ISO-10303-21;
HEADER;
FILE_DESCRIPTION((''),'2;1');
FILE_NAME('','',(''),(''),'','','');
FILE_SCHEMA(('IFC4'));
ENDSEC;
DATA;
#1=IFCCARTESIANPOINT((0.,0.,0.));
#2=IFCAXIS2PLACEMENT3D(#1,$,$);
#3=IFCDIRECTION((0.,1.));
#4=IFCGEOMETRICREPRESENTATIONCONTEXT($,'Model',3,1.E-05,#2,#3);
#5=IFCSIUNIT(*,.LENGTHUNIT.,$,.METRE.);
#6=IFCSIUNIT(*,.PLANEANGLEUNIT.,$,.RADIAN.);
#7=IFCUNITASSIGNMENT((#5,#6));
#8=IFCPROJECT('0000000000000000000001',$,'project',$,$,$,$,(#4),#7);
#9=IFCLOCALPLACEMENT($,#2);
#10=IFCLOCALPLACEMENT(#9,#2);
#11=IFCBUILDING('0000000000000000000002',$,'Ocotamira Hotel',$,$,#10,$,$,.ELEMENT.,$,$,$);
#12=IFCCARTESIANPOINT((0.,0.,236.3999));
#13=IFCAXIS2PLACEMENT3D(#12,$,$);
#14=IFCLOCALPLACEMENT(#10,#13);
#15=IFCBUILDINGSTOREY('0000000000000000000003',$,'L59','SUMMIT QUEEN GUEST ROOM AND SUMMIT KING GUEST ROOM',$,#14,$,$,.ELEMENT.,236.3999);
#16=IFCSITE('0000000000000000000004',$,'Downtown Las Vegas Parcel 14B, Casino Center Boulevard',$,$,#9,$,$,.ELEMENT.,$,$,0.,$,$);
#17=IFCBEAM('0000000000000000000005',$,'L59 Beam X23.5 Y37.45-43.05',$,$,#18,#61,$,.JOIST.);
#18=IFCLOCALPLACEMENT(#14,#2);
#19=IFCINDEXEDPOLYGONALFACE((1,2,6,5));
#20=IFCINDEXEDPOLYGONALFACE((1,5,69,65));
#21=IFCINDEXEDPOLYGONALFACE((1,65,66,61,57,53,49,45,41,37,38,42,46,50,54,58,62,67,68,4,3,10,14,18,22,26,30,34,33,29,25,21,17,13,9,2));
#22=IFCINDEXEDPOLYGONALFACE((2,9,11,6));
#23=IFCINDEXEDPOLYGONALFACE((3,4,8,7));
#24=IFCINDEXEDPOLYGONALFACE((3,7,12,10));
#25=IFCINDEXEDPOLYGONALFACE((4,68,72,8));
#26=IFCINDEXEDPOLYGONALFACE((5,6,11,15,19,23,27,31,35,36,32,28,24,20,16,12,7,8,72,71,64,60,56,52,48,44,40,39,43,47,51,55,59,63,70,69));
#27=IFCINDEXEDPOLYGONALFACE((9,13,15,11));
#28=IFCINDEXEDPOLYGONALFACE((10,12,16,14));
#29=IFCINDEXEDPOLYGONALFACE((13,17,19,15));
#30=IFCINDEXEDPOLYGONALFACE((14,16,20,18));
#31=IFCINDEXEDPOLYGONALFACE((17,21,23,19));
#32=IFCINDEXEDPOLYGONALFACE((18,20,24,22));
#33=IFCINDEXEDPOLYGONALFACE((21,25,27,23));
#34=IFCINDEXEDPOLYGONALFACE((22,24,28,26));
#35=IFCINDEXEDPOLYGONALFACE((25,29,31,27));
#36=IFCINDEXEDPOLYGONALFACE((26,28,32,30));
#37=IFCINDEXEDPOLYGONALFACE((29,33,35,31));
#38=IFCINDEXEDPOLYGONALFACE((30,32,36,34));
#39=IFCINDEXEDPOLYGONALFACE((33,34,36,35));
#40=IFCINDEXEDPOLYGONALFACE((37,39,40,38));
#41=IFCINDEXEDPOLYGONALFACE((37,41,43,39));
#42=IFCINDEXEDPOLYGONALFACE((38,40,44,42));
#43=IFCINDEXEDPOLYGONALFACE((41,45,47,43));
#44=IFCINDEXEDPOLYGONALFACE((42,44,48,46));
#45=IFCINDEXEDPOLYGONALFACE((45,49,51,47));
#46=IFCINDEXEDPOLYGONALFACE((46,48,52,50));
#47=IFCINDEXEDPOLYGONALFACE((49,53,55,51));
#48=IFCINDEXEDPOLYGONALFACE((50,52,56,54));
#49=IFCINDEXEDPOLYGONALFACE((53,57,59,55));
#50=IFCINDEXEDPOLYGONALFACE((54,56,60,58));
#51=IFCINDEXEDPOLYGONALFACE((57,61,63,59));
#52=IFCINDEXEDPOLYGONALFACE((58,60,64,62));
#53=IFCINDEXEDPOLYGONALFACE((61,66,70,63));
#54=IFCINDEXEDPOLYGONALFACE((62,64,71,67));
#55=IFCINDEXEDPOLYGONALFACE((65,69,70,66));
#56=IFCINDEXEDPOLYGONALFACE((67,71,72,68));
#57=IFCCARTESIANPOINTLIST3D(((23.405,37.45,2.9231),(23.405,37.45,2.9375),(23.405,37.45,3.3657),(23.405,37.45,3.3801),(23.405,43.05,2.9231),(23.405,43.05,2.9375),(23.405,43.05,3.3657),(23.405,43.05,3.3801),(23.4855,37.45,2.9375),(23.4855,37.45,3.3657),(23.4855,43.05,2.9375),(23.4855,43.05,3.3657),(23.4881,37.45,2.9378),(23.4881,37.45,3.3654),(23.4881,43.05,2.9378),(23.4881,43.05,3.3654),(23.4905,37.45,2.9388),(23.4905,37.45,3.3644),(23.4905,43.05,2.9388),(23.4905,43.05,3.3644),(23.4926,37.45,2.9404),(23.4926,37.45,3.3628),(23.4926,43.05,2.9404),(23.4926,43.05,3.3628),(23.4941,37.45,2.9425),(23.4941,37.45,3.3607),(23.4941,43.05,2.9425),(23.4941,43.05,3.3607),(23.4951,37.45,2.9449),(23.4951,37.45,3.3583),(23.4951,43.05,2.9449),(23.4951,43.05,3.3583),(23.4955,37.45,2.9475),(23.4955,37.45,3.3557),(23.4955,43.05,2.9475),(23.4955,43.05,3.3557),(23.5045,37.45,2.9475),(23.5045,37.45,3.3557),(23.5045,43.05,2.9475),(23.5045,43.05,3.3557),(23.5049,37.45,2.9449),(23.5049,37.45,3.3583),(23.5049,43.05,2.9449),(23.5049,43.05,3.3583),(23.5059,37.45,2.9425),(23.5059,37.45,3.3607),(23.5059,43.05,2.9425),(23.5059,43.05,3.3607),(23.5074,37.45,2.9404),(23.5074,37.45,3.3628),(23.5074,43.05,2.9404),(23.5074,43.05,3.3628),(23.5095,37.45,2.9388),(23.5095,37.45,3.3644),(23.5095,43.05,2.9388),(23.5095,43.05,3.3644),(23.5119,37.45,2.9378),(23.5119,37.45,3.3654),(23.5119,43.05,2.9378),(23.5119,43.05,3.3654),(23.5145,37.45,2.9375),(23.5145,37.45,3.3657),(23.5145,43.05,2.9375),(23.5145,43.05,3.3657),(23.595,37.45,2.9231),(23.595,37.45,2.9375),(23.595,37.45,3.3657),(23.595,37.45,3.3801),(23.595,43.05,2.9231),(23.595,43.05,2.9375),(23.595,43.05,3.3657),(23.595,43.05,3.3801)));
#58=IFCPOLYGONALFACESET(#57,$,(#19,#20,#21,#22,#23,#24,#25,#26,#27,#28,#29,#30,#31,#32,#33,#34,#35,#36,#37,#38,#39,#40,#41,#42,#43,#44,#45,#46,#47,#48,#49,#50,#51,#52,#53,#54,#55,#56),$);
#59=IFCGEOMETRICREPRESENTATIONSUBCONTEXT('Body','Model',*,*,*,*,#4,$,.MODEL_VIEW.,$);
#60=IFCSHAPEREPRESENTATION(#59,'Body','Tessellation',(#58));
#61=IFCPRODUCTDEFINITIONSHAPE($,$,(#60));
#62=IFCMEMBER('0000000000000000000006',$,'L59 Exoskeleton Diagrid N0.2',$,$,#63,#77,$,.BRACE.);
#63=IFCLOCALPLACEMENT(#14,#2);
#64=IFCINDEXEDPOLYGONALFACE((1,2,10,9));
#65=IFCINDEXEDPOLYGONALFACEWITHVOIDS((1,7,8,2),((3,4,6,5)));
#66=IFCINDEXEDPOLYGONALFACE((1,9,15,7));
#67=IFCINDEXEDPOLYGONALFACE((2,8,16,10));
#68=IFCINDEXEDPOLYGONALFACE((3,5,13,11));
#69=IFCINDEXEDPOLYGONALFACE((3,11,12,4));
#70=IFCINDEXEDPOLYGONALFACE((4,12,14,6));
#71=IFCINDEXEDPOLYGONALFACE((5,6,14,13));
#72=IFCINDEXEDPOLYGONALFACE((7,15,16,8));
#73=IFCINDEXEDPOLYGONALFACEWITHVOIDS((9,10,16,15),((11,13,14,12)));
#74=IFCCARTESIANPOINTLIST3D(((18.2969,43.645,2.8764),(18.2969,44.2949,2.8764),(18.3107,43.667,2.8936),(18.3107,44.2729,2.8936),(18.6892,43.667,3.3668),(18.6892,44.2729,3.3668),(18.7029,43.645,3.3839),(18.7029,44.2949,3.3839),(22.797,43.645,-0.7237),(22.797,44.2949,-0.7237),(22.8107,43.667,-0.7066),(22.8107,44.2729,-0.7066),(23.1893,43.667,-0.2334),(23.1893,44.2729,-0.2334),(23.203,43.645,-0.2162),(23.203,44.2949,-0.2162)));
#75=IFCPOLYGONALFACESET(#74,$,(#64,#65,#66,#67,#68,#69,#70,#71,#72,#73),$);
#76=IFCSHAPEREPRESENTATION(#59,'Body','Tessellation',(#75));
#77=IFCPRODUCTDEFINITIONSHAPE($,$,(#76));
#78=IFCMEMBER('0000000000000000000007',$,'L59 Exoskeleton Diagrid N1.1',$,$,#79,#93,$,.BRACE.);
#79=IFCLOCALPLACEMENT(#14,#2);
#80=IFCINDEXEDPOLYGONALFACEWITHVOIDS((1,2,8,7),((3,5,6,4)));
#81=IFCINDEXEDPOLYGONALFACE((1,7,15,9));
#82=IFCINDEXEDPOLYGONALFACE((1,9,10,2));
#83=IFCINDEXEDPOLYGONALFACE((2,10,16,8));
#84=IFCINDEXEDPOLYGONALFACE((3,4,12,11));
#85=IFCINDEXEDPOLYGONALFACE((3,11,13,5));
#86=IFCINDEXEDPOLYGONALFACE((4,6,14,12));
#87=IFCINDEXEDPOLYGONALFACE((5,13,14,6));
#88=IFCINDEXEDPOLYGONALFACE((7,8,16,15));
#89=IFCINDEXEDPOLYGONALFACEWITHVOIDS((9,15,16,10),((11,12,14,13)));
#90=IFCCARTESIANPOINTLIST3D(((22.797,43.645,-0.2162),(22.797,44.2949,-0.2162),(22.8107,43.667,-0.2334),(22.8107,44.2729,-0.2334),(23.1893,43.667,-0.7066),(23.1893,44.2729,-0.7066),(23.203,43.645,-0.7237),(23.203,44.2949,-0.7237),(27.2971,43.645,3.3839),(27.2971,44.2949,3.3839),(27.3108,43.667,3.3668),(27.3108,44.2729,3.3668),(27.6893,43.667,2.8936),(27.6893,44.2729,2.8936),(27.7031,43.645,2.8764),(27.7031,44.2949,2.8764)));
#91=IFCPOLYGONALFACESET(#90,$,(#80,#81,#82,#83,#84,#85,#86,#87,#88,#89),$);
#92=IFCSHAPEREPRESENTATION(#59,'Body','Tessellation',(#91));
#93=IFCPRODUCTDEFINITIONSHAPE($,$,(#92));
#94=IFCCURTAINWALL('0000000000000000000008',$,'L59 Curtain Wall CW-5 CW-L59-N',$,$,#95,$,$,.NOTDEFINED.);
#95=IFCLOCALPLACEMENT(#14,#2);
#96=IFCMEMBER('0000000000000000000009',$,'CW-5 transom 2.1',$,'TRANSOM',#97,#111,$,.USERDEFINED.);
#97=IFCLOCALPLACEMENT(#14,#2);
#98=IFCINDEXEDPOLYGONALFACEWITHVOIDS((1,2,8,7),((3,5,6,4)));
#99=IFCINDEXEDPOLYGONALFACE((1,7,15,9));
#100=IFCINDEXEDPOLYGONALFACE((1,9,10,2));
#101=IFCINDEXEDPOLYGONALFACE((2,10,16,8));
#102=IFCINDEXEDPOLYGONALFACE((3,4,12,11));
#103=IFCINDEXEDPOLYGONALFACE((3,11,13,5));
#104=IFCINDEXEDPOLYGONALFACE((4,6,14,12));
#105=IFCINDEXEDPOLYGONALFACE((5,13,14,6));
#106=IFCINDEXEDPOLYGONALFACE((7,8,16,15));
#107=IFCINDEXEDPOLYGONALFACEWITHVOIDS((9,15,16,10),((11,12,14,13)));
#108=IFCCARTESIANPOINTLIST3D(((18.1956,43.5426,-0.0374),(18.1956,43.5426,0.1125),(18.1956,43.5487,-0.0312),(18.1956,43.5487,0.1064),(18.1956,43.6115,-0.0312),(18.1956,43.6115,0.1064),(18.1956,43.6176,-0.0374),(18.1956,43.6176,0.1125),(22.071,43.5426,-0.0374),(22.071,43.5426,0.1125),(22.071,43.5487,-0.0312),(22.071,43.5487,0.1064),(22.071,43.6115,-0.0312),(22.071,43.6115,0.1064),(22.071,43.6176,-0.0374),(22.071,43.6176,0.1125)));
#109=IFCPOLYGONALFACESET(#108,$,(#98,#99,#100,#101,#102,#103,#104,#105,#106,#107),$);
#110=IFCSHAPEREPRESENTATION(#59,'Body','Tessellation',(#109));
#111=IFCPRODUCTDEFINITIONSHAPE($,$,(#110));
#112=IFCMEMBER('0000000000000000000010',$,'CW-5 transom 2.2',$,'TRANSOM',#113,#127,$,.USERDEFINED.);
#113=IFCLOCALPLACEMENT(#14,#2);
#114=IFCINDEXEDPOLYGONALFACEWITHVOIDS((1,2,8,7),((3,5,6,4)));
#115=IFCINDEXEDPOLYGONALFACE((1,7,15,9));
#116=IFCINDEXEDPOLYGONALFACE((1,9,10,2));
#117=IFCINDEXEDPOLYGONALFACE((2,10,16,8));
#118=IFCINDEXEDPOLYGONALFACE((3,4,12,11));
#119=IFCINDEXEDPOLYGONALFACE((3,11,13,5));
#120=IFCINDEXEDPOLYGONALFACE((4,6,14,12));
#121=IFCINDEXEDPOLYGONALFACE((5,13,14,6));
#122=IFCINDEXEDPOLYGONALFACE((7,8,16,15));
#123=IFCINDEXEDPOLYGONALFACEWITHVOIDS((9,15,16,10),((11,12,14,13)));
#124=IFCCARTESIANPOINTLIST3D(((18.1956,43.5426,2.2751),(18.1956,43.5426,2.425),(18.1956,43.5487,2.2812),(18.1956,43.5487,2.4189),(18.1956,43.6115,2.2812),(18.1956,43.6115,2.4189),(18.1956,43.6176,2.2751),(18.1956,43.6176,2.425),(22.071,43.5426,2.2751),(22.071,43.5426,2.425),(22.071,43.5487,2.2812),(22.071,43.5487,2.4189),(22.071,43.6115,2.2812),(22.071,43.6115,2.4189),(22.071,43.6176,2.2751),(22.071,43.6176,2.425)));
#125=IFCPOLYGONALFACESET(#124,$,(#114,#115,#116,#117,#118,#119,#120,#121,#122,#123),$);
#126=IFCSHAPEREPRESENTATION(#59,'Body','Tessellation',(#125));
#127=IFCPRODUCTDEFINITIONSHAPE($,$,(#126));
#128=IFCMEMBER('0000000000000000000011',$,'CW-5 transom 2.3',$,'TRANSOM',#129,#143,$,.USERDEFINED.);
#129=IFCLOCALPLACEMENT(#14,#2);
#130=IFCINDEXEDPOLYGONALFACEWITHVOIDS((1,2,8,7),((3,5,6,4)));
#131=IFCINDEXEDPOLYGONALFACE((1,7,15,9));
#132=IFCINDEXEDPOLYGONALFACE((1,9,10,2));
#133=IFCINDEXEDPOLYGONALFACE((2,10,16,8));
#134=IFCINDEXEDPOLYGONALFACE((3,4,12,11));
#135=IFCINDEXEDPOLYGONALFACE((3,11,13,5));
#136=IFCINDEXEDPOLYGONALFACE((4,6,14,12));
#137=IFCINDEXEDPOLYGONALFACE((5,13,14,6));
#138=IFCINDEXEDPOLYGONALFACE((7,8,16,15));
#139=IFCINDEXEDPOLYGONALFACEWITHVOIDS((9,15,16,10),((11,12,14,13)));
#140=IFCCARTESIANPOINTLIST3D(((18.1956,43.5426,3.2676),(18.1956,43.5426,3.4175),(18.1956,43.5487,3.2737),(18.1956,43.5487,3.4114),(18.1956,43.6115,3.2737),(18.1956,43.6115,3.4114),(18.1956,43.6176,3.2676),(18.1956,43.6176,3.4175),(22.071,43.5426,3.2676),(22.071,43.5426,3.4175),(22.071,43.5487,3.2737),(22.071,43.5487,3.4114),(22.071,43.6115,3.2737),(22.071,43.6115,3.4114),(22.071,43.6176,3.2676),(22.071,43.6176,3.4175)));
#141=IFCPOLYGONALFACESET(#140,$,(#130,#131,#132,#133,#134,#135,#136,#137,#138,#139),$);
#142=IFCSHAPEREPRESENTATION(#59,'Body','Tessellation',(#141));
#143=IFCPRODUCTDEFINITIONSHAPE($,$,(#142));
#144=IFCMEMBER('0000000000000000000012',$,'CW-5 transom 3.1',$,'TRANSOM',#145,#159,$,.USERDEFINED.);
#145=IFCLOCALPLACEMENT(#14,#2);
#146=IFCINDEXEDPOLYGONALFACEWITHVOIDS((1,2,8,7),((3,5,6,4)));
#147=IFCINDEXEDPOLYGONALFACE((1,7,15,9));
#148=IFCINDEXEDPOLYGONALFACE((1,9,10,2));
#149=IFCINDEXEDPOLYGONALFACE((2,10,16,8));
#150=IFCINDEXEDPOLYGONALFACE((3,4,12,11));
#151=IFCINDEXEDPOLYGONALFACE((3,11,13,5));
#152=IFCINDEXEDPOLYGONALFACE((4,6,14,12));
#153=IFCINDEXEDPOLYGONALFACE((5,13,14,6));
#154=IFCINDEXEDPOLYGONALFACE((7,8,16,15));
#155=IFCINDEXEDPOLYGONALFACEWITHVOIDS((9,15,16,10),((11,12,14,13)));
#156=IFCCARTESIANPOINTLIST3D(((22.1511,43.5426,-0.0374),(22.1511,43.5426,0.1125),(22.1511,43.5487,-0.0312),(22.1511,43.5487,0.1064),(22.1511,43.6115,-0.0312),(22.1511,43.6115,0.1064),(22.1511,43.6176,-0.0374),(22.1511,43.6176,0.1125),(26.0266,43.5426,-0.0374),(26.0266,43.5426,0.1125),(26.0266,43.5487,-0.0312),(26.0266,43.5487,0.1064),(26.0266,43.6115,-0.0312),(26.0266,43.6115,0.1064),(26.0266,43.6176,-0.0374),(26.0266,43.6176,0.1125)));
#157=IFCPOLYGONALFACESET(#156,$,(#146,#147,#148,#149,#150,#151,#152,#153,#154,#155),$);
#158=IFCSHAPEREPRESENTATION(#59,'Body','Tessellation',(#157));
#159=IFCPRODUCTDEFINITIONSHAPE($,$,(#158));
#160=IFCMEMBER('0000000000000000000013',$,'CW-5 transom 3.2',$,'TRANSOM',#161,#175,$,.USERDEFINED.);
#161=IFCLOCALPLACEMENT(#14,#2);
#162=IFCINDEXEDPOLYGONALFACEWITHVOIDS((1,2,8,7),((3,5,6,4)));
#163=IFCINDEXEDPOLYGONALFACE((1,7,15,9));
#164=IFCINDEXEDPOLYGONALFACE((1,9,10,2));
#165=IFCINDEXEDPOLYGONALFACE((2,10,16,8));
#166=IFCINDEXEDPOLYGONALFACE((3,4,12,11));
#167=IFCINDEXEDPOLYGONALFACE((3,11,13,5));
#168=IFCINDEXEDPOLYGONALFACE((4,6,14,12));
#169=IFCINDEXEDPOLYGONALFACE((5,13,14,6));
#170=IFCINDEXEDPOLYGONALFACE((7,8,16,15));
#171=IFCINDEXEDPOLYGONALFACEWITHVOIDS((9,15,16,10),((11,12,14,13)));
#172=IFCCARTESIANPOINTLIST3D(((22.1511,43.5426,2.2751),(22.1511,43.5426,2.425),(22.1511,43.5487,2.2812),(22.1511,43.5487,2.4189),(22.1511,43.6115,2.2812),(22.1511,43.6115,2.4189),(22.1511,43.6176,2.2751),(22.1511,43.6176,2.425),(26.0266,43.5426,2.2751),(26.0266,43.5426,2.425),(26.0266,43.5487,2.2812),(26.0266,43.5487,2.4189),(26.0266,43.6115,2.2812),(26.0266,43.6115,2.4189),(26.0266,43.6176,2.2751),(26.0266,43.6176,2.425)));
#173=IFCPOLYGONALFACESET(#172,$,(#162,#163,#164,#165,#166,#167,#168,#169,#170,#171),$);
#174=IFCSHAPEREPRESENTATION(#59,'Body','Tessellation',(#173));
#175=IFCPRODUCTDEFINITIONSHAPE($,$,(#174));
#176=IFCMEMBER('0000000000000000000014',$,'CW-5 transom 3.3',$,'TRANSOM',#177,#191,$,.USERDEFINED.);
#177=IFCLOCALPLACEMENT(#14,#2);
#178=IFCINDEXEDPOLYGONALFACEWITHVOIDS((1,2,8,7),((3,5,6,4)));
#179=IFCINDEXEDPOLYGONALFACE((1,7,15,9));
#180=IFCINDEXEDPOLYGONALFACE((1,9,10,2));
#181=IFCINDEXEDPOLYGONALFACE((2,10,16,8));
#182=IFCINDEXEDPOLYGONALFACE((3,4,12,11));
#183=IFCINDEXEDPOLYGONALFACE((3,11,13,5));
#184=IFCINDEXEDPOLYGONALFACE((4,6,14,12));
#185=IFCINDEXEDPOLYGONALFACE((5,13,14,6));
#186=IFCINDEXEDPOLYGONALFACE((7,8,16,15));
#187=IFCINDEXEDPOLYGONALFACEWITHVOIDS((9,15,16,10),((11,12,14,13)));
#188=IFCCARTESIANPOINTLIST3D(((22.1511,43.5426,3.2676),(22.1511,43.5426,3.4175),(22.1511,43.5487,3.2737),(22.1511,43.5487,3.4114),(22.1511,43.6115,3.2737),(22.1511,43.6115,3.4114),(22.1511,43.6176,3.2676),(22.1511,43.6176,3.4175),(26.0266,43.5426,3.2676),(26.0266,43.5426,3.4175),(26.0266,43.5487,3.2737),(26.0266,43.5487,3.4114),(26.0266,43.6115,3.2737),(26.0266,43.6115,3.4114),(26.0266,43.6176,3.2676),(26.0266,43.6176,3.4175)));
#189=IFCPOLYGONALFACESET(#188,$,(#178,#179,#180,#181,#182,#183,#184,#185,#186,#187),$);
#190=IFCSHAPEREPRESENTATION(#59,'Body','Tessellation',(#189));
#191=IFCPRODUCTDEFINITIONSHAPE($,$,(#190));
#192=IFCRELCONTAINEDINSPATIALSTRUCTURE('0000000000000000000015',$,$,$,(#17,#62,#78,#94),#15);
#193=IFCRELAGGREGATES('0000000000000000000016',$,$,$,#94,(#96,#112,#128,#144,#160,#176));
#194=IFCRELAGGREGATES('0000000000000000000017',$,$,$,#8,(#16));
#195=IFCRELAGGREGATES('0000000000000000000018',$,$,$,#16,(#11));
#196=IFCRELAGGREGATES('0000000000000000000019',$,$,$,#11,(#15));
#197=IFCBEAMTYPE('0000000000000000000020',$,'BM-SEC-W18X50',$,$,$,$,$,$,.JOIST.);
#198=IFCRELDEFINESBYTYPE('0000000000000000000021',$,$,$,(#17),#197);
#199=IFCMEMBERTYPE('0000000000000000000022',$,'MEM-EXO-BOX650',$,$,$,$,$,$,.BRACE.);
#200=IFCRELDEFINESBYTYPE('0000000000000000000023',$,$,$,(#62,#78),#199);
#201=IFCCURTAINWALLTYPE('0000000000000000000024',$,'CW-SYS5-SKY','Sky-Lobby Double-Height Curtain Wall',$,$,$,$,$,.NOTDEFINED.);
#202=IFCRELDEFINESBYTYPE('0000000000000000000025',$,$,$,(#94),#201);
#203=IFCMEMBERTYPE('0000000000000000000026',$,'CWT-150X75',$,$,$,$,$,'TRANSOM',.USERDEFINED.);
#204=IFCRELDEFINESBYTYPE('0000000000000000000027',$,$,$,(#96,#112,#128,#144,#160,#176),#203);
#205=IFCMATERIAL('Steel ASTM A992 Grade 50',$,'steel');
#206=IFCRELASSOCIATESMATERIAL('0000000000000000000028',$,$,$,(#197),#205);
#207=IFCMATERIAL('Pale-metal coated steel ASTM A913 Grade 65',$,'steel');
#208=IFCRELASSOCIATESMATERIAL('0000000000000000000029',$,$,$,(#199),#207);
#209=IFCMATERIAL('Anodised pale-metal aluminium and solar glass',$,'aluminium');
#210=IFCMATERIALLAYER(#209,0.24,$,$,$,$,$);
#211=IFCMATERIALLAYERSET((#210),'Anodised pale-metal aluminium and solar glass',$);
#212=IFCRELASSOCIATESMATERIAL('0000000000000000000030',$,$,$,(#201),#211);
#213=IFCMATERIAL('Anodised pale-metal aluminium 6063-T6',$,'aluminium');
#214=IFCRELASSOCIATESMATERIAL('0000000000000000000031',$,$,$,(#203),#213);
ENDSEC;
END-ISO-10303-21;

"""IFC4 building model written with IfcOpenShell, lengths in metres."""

from ifc_helpers import new_model, si_unit, direction, frame, origin, origin_2d, place, context, subcontext, project, spatial, hollow_rectangle, i_section, extrude, source, transform, mapped, material, layer, layer_set, material_profile, profile_set, type_object, element, aggregate, save


model = new_model("IFC4")

# Units and contexts
model_context = context("Model", 3, precision=1e-05, world=origin(), true_north=direction((0.0, 1.0)))
body_context = subcontext(model_context, "Body", "Model", "MODEL_VIEW")
ifc_project = project(units=[si_unit("LENGTHUNIT", "METRE"), si_unit("PLANEANGLEUNIT", "RADIAN")], contexts=[model_context])

# Site, building, storey
site_placement = place(None, origin())
site = spatial("IfcSite", under=ifc_project, at=site_placement, Name="Downtown Las Vegas Parcel 14B, Casino Center Boulevard", CompositionType="ELEMENT", RefElevation=0.0)
building_placement = place(site_placement, origin())
building = spatial("IfcBuilding", under=site, at=building_placement, Name="Ocotamira Hotel", CompositionType="ELEMENT")
storey_placement = place(building_placement, frame((0.0, 0.0, 236.3999)))
storey = spatial("IfcBuildingStorey", under=building, at=storey_placement, Name="L59", Description="SUMMIT QUEEN GUEST ROOM AND SUMMIT KING GUEST ROOM", CompositionType="ELEMENT", Elevation=236.3999)

# Shared definitions
ifc_material_1 = material(Name="Steel ASTM A992 Grade 50", Category="steel")

# Beam
ifc_material_profile_1 = material_profile(ifc_material_1, i_section(OverallWidth=0.1899, OverallDepth=0.457, WebThickness=0.009, FlangeThickness=0.0144, FilletRadius=0.01, at=origin_2d()), Name="W18X50")
ifc_profile_set_1 = profile_set([ifc_material_profile_1], Name="Steel ASTM A992 Grade 50")
beam_type_1 = type_object("IfcBeamType", Name="BM-SEC-W18X50", PredefinedType="JOIST", material=ifc_profile_set_1)
shared_shape_1 = source(origin(), body_context, "Body", "SweptSolid", [
    extrude(i_section(OverallWidth=0.1899, OverallDepth=0.457, WebThickness=0.009, FlangeThickness=0.0144, FilletRadius=0.01, at=origin_2d()), origin(), (0.0, 0.0, 1.0), 5.6001),
])
beam_1_placement = place(storey_placement, frame((23.5, 37.45, 3.1516), z_axis=(0.0, 1.0, 0.0), x_axis=(-1.0, 0.0, 0.0)))
element("IfcBeam", 1, at=beam_1_placement, inside=storey, type_object=beam_type_1, Name="L59 Beam X23.5 Y37.45-43.05", PredefinedType="JOIST", context=body_context, shape_type="MappedRepresentation", body=[
    mapped(shared_shape_1, transform((0.0, 0.0, 0.0), scale=1.0)),
])

# Members
ifc_material_2 = material(Name="Pale-metal coated steel ASTM A913 Grade 65", Category="steel")
ifc_material_profile_2 = material_profile(ifc_material_2, hollow_rectangle(XDim=0.6499, YDim=0.6499, WallThickness=0.022, at=origin_2d()), Name="BOX650X650X22")
ifc_profile_set_2 = profile_set([ifc_material_profile_2], Name="Pale-metal coated steel ASTM A913 Grade 65")
member_type_1 = type_object("IfcMemberType", Name="MEM-EXO-BOX650", PredefinedType="BRACE", material=ifc_profile_set_2)
shared_shape_2 = source(origin(), body_context, "Body", "SweptSolid", [
    extrude(hollow_rectangle(XDim=0.6499, YDim=0.6499, WallThickness=0.022, at=origin_2d()), origin(), (0.0, 0.0, 1.0), 5.7629),
])
for number, where, z_axis, x_axis, name in (
    (2, (23.0, 43.97, -0.47), (-0.780861, 0.0, 0.624705), (0.0, -1.0, 0.0), "L59 Exoskeleton Diagrid N0.2"),
    (3, (23.0, 43.97, -0.47), (0.780861, 0.0, 0.624705), (0.0, 1.0, 0.0), "L59 Exoskeleton Diagrid N1.1"),
):
    element("IfcMember", number, at=place(storey_placement, frame(where, z_axis=z_axis, x_axis=x_axis)), inside=storey, type_object=member_type_1, Name=name, PredefinedType="BRACE", context=body_context, shape_type="MappedRepresentation", body=[
        mapped(shared_shape_2, transform((0.0, 0.0, 0.0), scale=1.0)),
    ])

# Curtain wall, members
ifc_material_3 = material(Name="Anodised pale-metal aluminium and solar glass", Category="aluminium")
ifc_layer_1 = layer(ifc_material_3, 0.24)
ifc_layer_set_1 = layer_set([ifc_layer_1], Name="Anodised pale-metal aluminium and solar glass")
curtain_wall_type = type_object("IfcCurtainWallType", Name="CW-SYS5-SKY", Description="Sky-Lobby Double-Height Curtain Wall", PredefinedType="NOTDEFINED", material=ifc_layer_set_1)
curtain_wall_placement = place(storey_placement, origin())
curtain_wall = element("IfcCurtainWall", 4, at=curtain_wall_placement, inside=storey, type_object=curtain_wall_type, Name="L59 Curtain Wall CW-5 CW-L59-N", PredefinedType="NOTDEFINED")
ifc_material_4 = material(Name="Anodised pale-metal aluminium 6063-T6", Category="aluminium")
ifc_material_profile_3 = material_profile(ifc_material_4, hollow_rectangle(XDim=0.075, YDim=0.1499, WallThickness=0.0061, at=origin_2d()), Name="HSS150X75X6")
ifc_profile_set_3 = profile_set([ifc_material_profile_3], Name="Anodised pale-metal aluminium 6063-T6")
member_type_2 = type_object("IfcMemberType", Name="CWT-150X75", ElementType="TRANSOM", PredefinedType="USERDEFINED", material=ifc_profile_set_3)
shared_shape_3 = source(origin(), body_context, "Body", "SweptSolid", [
    extrude(hollow_rectangle(XDim=0.075, YDim=0.1499, WallThickness=0.0061, at=origin_2d()), origin(), (0.0, 0.0, 1.0), 3.8755),
])
member_1_placement = place(storey_placement, frame((18.1956, 43.5801, 0.0376), z_axis=(1.0, 0.0, 0.0), x_axis=(0.0, 1.0, 0.0)))
member_1 = element("IfcMember", 5, at=member_1_placement, type_object=member_type_2, Name="CW-5 transom 2.1", ObjectType="TRANSOM", PredefinedType="USERDEFINED", context=body_context, shape_type="MappedRepresentation", body=[
    mapped(shared_shape_3, transform((0.0, 0.0, 0.0), scale=1.0)),
])
member_2_placement = place(storey_placement, frame((18.1956, 43.5801, 2.3501), z_axis=(1.0, 0.0, 0.0), x_axis=(0.0, 1.0, 0.0)))
member_2 = element("IfcMember", 6, at=member_2_placement, type_object=member_type_2, Name="CW-5 transom 2.2", ObjectType="TRANSOM", PredefinedType="USERDEFINED", context=body_context, shape_type="MappedRepresentation", body=[
    mapped(shared_shape_3, transform((0.0, 0.0, 0.0), scale=1.0)),
])
member_3_placement = place(storey_placement, frame((18.1956, 43.5801, 3.3425), z_axis=(1.0, 0.0, 0.0), x_axis=(0.0, 1.0, 0.0)))
member_3 = element("IfcMember", 7, at=member_3_placement, type_object=member_type_2, Name="CW-5 transom 2.3", ObjectType="TRANSOM", PredefinedType="USERDEFINED", context=body_context, shape_type="MappedRepresentation", body=[
    mapped(shared_shape_3, transform((0.0, 0.0, 0.0), scale=1.0)),
])
member_4_placement = place(storey_placement, frame((22.1511, 43.5801, 0.0376), z_axis=(1.0, 0.0, 0.0), x_axis=(0.0, 1.0, 0.0)))
member_4 = element("IfcMember", 8, at=member_4_placement, type_object=member_type_2, Name="CW-5 transom 3.1", ObjectType="TRANSOM", PredefinedType="USERDEFINED", context=body_context, shape_type="MappedRepresentation", body=[
    mapped(shared_shape_3, transform((0.0, 0.0, 0.0), scale=1.0)),
])
member_5_placement = place(storey_placement, frame((22.1511, 43.5801, 2.3501), z_axis=(1.0, 0.0, 0.0), x_axis=(0.0, 1.0, 0.0)))
member_5 = element("IfcMember", 9, at=member_5_placement, type_object=member_type_2, Name="CW-5 transom 3.2", ObjectType="TRANSOM", PredefinedType="USERDEFINED", context=body_context, shape_type="MappedRepresentation", body=[
    mapped(shared_shape_3, transform((0.0, 0.0, 0.0), scale=1.0)),
])
member_6_placement = place(storey_placement, frame((22.1511, 43.5801, 3.3425), z_axis=(1.0, 0.0, 0.0), x_axis=(0.0, 1.0, 0.0)))
member_6 = element("IfcMember", 10, at=member_6_placement, type_object=member_type_2, Name="CW-5 transom 3.3", ObjectType="TRANSOM", PredefinedType="USERDEFINED", context=body_context, shape_type="MappedRepresentation", body=[
    mapped(shared_shape_3, transform((0.0, 0.0, 0.0), scale=1.0)),
])

aggregate(curtain_wall, [member_1, member_2, member_3, member_4, member_5, member_6])

save(model, "model.ifc")
